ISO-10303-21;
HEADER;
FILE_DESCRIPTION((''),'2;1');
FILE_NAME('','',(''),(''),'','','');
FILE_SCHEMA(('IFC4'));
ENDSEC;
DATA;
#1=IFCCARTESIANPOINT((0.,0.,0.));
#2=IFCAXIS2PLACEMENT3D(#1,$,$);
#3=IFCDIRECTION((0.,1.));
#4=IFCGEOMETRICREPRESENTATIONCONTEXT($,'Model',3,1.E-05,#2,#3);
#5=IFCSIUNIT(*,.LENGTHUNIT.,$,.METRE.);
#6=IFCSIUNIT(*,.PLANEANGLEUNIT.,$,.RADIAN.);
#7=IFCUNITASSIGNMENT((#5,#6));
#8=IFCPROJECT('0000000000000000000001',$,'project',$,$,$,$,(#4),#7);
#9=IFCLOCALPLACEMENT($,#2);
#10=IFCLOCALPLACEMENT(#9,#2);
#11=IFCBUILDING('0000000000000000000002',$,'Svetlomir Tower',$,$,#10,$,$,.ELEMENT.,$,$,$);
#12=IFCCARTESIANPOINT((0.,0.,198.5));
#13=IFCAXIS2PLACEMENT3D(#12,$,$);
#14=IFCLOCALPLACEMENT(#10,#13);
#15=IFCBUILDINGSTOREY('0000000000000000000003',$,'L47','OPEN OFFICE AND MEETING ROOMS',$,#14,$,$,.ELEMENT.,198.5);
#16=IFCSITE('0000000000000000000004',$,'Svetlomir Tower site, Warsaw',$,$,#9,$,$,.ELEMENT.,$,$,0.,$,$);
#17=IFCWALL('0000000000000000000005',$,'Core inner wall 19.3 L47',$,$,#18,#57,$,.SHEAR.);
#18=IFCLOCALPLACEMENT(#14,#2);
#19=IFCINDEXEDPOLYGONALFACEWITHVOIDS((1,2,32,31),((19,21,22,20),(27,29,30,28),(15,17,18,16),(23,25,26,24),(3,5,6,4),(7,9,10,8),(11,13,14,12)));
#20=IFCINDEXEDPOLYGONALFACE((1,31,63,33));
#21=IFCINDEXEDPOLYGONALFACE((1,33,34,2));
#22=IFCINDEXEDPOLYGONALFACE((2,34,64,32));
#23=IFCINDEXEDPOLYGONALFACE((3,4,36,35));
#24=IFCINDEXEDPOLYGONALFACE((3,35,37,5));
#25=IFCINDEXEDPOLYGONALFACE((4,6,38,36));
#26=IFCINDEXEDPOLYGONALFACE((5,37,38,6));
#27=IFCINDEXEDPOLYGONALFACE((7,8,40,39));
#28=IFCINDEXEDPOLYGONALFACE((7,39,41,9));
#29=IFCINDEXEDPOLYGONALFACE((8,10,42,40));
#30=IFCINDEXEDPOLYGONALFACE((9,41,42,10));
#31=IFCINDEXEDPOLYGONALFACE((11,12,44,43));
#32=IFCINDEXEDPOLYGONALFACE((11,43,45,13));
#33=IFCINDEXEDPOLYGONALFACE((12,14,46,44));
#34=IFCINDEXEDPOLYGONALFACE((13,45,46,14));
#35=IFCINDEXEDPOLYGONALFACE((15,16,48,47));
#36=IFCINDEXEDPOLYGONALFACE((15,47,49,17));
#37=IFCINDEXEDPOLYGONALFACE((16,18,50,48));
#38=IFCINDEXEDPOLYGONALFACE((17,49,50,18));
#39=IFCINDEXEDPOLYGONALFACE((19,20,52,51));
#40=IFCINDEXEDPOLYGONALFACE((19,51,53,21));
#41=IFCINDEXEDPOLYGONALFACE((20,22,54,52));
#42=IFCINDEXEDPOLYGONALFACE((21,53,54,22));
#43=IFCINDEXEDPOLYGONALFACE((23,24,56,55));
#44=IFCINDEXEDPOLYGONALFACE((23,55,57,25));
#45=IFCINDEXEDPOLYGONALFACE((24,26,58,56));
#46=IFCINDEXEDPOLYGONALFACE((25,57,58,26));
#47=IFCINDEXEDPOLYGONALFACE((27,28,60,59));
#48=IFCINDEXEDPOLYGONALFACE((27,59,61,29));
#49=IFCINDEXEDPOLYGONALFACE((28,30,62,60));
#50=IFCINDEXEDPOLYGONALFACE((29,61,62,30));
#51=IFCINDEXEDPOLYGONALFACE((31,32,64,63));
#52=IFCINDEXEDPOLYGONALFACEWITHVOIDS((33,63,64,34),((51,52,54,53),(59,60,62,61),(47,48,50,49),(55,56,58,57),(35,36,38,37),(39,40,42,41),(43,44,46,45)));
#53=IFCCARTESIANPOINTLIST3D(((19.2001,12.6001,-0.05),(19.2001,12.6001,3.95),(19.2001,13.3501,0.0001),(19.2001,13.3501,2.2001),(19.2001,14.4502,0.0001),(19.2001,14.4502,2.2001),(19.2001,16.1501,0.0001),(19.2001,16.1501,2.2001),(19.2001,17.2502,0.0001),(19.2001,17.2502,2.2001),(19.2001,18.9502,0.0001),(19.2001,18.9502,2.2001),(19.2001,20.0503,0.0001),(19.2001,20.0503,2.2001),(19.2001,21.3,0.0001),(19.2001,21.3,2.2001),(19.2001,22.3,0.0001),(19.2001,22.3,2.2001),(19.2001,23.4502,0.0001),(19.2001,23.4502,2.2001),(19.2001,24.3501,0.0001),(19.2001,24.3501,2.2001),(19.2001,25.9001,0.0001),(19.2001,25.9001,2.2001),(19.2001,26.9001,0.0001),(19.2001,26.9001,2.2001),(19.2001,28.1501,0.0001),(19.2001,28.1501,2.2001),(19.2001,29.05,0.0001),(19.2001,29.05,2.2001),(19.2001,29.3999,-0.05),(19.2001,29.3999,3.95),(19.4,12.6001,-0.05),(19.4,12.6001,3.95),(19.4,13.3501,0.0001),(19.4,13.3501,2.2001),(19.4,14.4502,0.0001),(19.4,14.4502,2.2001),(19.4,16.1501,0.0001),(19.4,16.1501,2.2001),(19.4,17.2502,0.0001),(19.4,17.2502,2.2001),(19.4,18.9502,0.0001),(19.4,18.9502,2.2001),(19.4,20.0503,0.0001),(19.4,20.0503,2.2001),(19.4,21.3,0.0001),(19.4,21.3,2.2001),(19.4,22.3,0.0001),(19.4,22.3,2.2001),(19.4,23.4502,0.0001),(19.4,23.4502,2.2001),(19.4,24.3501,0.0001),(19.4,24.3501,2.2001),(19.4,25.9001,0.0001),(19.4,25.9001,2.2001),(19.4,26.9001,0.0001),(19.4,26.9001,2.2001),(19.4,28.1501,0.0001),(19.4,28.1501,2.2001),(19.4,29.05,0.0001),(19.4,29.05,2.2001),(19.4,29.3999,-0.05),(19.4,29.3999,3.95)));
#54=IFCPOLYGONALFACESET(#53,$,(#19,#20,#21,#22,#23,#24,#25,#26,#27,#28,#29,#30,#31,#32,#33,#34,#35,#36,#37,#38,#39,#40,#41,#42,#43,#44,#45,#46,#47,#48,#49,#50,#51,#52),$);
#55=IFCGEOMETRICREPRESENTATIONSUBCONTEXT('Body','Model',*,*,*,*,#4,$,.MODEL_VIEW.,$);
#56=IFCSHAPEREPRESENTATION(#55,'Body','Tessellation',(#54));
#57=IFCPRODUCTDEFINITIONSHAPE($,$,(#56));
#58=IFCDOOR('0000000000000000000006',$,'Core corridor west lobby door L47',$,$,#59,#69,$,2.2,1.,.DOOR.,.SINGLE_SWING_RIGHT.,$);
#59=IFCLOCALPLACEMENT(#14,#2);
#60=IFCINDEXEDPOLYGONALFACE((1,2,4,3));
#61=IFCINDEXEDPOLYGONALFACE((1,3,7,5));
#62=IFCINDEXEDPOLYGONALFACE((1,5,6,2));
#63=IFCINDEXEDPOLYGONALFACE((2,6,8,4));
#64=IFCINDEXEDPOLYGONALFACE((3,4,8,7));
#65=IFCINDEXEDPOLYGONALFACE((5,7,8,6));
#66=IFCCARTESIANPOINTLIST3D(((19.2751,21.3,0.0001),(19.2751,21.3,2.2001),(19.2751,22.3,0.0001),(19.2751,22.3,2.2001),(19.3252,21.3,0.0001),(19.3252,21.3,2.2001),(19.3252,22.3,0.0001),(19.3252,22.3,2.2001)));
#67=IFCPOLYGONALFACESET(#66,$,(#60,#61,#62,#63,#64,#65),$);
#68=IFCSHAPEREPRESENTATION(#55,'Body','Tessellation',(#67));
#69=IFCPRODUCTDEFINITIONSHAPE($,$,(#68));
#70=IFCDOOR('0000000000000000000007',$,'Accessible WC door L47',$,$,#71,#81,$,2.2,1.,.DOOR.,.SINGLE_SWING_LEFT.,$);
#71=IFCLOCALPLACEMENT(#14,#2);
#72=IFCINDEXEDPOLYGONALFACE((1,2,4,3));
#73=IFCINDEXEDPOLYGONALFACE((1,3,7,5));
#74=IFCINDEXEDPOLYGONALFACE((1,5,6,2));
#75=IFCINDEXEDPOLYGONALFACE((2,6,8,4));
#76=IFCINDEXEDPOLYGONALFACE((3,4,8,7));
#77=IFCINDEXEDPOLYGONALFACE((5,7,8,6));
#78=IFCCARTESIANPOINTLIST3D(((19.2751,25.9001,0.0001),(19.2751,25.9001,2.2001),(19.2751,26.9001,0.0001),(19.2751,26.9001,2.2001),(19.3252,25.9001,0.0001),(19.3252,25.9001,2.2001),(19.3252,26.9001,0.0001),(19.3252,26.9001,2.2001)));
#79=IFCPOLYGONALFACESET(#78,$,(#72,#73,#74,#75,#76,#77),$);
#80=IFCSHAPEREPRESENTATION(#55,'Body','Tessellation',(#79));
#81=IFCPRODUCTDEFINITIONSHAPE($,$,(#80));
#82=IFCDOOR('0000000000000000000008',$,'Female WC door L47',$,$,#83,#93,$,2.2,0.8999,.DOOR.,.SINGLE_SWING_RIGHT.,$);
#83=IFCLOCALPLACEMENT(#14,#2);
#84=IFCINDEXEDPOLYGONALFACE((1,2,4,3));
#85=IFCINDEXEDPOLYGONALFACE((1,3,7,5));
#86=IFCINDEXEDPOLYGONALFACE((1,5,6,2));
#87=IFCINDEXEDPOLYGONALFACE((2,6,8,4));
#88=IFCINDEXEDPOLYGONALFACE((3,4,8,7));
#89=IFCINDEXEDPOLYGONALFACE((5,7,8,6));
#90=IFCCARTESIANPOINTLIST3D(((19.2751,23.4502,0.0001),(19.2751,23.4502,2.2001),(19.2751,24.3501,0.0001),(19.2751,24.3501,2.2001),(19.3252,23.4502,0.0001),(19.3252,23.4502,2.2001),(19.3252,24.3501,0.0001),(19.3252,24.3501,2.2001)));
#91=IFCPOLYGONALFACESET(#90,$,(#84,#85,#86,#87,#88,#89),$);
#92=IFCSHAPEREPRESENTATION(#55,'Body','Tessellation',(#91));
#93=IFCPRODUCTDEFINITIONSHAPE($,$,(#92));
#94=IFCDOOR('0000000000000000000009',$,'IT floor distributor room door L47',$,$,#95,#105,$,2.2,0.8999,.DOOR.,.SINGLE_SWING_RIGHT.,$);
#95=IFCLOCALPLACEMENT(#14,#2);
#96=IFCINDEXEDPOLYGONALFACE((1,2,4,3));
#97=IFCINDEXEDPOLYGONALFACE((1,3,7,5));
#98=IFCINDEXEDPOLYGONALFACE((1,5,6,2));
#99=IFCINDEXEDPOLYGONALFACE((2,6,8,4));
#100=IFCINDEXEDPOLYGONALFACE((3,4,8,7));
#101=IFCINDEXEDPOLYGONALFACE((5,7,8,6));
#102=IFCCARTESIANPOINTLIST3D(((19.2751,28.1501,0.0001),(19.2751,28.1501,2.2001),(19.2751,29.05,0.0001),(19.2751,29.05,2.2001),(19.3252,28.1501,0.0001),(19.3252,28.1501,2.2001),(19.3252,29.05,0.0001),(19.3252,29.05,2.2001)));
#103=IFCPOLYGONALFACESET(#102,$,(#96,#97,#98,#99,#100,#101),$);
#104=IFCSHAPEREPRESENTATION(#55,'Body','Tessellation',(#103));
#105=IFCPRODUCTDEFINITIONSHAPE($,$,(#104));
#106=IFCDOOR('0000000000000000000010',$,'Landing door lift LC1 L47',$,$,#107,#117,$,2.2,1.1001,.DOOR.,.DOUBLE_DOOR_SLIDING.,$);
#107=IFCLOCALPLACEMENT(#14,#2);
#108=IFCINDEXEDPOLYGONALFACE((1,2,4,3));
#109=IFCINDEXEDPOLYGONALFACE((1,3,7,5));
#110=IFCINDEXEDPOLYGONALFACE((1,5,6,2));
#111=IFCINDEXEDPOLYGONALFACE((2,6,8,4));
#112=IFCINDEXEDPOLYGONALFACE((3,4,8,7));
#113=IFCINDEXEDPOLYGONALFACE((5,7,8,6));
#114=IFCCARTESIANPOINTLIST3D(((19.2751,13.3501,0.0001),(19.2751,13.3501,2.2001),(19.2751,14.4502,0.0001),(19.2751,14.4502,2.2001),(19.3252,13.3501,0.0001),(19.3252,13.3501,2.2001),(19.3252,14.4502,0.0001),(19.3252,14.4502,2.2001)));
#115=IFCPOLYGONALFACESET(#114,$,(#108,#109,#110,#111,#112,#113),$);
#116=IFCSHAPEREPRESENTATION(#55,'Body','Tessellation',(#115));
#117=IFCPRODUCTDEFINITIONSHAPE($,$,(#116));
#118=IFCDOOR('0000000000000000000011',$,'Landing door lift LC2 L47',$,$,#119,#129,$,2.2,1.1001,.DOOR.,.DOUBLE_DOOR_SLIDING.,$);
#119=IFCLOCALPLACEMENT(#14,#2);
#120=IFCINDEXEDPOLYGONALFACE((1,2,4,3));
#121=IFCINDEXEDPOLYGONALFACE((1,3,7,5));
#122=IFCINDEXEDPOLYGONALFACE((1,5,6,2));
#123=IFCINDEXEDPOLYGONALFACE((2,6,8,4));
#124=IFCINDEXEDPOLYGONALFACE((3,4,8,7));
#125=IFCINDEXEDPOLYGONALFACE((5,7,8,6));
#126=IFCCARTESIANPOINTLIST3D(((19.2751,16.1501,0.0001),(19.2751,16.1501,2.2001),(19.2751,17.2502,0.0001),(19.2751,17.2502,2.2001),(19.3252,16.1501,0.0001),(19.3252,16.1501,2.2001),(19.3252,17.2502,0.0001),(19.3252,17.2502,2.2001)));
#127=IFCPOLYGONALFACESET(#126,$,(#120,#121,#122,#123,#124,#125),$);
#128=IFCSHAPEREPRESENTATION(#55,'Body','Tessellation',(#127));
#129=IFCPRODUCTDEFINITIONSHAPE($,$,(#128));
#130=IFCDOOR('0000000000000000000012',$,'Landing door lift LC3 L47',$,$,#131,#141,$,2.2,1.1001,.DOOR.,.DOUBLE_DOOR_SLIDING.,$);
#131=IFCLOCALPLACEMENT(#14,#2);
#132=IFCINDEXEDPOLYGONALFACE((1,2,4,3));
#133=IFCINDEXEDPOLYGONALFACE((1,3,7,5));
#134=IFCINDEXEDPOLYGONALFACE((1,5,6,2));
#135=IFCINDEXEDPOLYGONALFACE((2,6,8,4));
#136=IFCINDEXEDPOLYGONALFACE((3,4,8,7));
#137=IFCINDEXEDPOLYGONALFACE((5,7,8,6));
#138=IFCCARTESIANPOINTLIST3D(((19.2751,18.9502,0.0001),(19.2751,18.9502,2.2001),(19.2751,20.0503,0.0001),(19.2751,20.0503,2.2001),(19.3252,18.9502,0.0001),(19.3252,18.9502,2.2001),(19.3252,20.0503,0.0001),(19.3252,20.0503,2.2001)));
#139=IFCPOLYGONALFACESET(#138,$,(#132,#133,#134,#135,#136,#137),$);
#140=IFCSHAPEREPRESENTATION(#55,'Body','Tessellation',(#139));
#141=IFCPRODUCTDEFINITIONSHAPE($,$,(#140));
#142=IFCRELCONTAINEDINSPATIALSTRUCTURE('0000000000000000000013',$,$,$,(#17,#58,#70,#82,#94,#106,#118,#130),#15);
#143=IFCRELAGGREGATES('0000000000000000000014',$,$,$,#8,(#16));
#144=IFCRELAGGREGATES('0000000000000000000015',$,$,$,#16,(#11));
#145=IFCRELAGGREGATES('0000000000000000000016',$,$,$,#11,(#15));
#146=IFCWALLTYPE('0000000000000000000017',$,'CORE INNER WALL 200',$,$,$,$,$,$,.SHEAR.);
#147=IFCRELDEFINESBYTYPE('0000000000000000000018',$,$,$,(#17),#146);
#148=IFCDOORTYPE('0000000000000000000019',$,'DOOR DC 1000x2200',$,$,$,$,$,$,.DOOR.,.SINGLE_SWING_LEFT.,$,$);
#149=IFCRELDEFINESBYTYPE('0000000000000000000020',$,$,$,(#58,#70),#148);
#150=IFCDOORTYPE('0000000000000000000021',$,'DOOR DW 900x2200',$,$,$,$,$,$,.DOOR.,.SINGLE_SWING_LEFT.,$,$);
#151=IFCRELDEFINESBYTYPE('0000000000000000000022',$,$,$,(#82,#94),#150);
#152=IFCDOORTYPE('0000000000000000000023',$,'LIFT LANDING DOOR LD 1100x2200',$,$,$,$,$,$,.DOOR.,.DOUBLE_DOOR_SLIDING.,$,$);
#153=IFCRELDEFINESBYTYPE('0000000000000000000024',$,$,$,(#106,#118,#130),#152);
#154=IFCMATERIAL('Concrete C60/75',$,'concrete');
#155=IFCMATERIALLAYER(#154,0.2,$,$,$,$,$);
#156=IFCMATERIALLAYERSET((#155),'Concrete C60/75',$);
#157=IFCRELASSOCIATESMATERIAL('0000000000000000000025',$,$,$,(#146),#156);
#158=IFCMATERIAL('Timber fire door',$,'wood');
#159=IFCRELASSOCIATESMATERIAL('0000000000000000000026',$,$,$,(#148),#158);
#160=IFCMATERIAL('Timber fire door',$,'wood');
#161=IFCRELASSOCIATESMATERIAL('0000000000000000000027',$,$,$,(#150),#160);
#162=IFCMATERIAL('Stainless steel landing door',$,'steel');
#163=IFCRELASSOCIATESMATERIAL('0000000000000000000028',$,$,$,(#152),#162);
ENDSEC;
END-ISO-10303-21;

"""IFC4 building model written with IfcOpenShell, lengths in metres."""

from ifc_helpers import new_model, si_unit, direction, frame, frame_2d, origin, place, context, subcontext, project, spatial, rectangle, extrude, material, layer, layer_set, type_object, element, fill, save


model = new_model("IFC4")

# Units and contexts
model_context = context("Model", 3, precision=1e-05, world=origin(), true_north=direction((0.0, 1.0)))
body_context = subcontext(model_context, "Body", "Model", "MODEL_VIEW")
ifc_project = project(units=[si_unit("LENGTHUNIT", "METRE"), si_unit("PLANEANGLEUNIT", "RADIAN")], contexts=[model_context])

# Site, building, storey
site_placement = place(None, origin())
site = spatial("IfcSite", under=ifc_project, at=site_placement, Name="Svetlomir Tower site, Warsaw", CompositionType="ELEMENT", RefElevation=0.0)
building_placement = place(site_placement, origin())
building = spatial("IfcBuilding", under=site, at=building_placement, Name="Svetlomir Tower", CompositionType="ELEMENT")
storey_placement = place(building_placement, frame((0.0, 0.0, 198.5)))
storey = spatial("IfcBuildingStorey", under=building, at=storey_placement, Name="L47", Description="OPEN OFFICE AND MEETING ROOMS", CompositionType="ELEMENT", Elevation=198.5)

# Shared definitions
ifc_material_1 = material(Name="Concrete C60/75", Category="concrete")
ifc_layer_1 = layer(ifc_material_1, 0.2)
ifc_layer_set_1 = layer_set([ifc_layer_1], Name="Concrete C60/75")
wall_type_1 = type_object("IfcWallType", Name="CORE INNER WALL 200", PredefinedType="SHEAR", material=ifc_layer_set_1)

# Wall, openings, doors
wall_1_placement = place(storey_placement, frame((19.3, 12.6001, -0.05), z_axis=(0.0, 0.0, 1.0), x_axis=(0.0, 1.0, 0.0)))
wall_1 = element("IfcWall", 1, at=wall_1_placement, inside=storey, type_object=wall_type_1, Name="Core inner wall 19.3 L47", PredefinedType="SHEAR", context=body_context, shape_type="SweptSolid", body=[
    extrude(rectangle(XDim=16.7998, YDim=0.2, at=frame_2d((8.3999, 0.0))), origin(), (0.0, 0.0, 1.0), 4.0),
])
opening_1_placement = place(wall_1_placement, frame((8.7, 0.0, 0.05)))
opening_1 = element("IfcOpeningElement", 2, at=opening_1_placement, cuts=wall_1, PredefinedType="OPENING", context=body_context, shape_type="SweptSolid", body=[
    extrude(rectangle(XDim=1.0, YDim=2.2, at=frame_2d((0.5, 1.1001))), frame((0.0, 0.1099, 0.0), z_axis=(0.0, -1.0, 0.0), x_axis=(1.0, 0.0, 0.0)), (0.0, 0.0, 1.0), 0.22),
])
opening_2_placement = place(wall_1_placement, frame((10.8501, 0.0, 0.05)))
opening_2 = element("IfcOpeningElement", 3, at=opening_2_placement, cuts=wall_1, PredefinedType="OPENING", context=body_context, shape_type="SweptSolid", body=[
    extrude(rectangle(XDim=0.8999, YDim=2.2, at=frame_2d((0.45, 1.1001))), frame((0.0, 0.1099, 0.0), z_axis=(0.0, -1.0, 0.0), x_axis=(1.0, 0.0, 0.0)), (0.0, 0.0, 1.0), 0.22),
])
opening_3_placement = place(wall_1_placement, frame((13.3, 0.0, 0.05)))
opening_3 = element("IfcOpeningElement", 4, at=opening_3_placement, cuts=wall_1, PredefinedType="OPENING", context=body_context, shape_type="SweptSolid", body=[
    extrude(rectangle(XDim=1.0, YDim=2.2, at=frame_2d((0.5, 1.1001))), frame((0.0, 0.1099, 0.0), z_axis=(0.0, -1.0, 0.0), x_axis=(1.0, 0.0, 0.0)), (0.0, 0.0, 1.0), 0.22),
])
opening_4_placement = place(wall_1_placement, frame((15.55, 0.0, 0.05)))
opening_4 = element("IfcOpeningElement", 5, at=opening_4_placement, cuts=wall_1, PredefinedType="OPENING", context=body_context, shape_type="SweptSolid", body=[
    extrude(rectangle(XDim=0.8999, YDim=2.2, at=frame_2d((0.45, 1.1001))), frame((0.0, 0.1099, 0.0), z_axis=(0.0, -1.0, 0.0), x_axis=(1.0, 0.0, 0.0)), (0.0, 0.0, 1.0), 0.22),
])
opening_5_placement = place(wall_1_placement, frame((0.75, 0.0, 0.05)))
opening_5 = element("IfcOpeningElement", 6, at=opening_5_placement, cuts=wall_1, PredefinedType="OPENING", context=body_context, shape_type="SweptSolid", body=[
    extrude(rectangle(XDim=1.1001, YDim=2.2, at=frame_2d((0.55, 1.1001))), frame((0.0, 0.1099, 0.0), z_axis=(0.0, -1.0, 0.0), x_axis=(1.0, 0.0, 0.0)), (0.0, 0.0, 1.0), 0.22),
])
opening_6_placement = place(wall_1_placement, frame((3.55, 0.0, 0.05)))
opening_6 = element("IfcOpeningElement", 7, at=opening_6_placement, cuts=wall_1, PredefinedType="OPENING", context=body_context, shape_type="SweptSolid", body=[
    extrude(rectangle(XDim=1.1001, YDim=2.2, at=frame_2d((0.55, 1.1001))), frame((0.0, 0.1099, 0.0), z_axis=(0.0, -1.0, 0.0), x_axis=(1.0, 0.0, 0.0)), (0.0, 0.0, 1.0), 0.22),
])
opening_7_placement = place(wall_1_placement, frame((6.3501, 0.0, 0.05)))
opening_7 = element("IfcOpeningElement", 8, at=opening_7_placement, cuts=wall_1, PredefinedType="OPENING", context=body_context, shape_type="SweptSolid", body=[
    extrude(rectangle(XDim=1.1001, YDim=2.2, at=frame_2d((0.55, 1.1001))), frame((0.0, 0.1099, 0.0), z_axis=(0.0, -1.0, 0.0), x_axis=(1.0, 0.0, 0.0)), (0.0, 0.0, 1.0), 0.22),
])
ifc_material_2 = material(Name="Timber fire door", Category="wood")
door_type_1 = type_object("IfcDoorType", Name="DOOR DC 1000x2200", OperationType="SINGLE_SWING_LEFT", PredefinedType="DOOR", material=ifc_material_2)
door_1_placement = place(opening_1_placement, origin())
door_1 = element("IfcDoor", 9, at=door_1_placement, inside=storey, type_object=door_type_1, Name="Core corridor west lobby door L47", OperationType="SINGLE_SWING_RIGHT", OverallHeight=2.2, OverallWidth=1.0, PredefinedType="DOOR", context=body_context, shape_type="SweptSolid", body=[
    extrude(rectangle(XDim=1.0, YDim=2.2, at=frame_2d((0.5, 1.1001))), frame((0.0, 0.0249, 0.0), z_axis=(0.0, -1.0, 0.0), x_axis=(1.0, 0.0, 0.0)), (0.0, 0.0, 1.0), 0.05),
])
fill(opening_1, door_1)
door_2_placement = place(opening_3_placement, origin())
door_2 = element("IfcDoor", 10, at=door_2_placement, inside=storey, type_object=door_type_1, Name="Accessible WC door L47", OperationType="SINGLE_SWING_LEFT", OverallHeight=2.2, OverallWidth=1.0, PredefinedType="DOOR", context=body_context, shape_type="SweptSolid", body=[
    extrude(rectangle(XDim=1.0, YDim=2.2, at=frame_2d((0.5, 1.1001))), frame((0.0, 0.0249, 0.0), z_axis=(0.0, -1.0, 0.0), x_axis=(1.0, 0.0, 0.0)), (0.0, 0.0, 1.0), 0.05),
])
fill(opening_3, door_2)
ifc_material_3 = material(Name="Timber fire door", Category="wood")
door_type_2 = type_object("IfcDoorType", Name="DOOR DW 900x2200", OperationType="SINGLE_SWING_LEFT", PredefinedType="DOOR", material=ifc_material_3)
door_3_placement = place(opening_2_placement, origin())
door_3 = element("IfcDoor", 11, at=door_3_placement, inside=storey, type_object=door_type_2, Name="Female WC door L47", OperationType="SINGLE_SWING_RIGHT", OverallHeight=2.2, OverallWidth=0.8999, PredefinedType="DOOR", context=body_context, shape_type="SweptSolid", body=[
    extrude(rectangle(XDim=0.8999, YDim=2.2, at=frame_2d((0.45, 1.1001))), frame((0.0, 0.0249, 0.0), z_axis=(0.0, -1.0, 0.0), x_axis=(1.0, 0.0, 0.0)), (0.0, 0.0, 1.0), 0.05),
])
fill(opening_2, door_3)
door_4_placement = place(opening_4_placement, origin())
door_4 = element("IfcDoor", 12, at=door_4_placement, inside=storey, type_object=door_type_2, Name="IT floor distributor room door L47", OperationType="SINGLE_SWING_RIGHT", OverallHeight=2.2, OverallWidth=0.8999, PredefinedType="DOOR", context=body_context, shape_type="SweptSolid", body=[
    extrude(rectangle(XDim=0.8999, YDim=2.2, at=frame_2d((0.45, 1.1001))), frame((0.0, 0.0249, 0.0), z_axis=(0.0, -1.0, 0.0), x_axis=(1.0, 0.0, 0.0)), (0.0, 0.0, 1.0), 0.05),
])
fill(opening_4, door_4)
ifc_material_4 = material(Name="Stainless steel landing door", Category="steel")
door_type_3 = type_object("IfcDoorType", Name="LIFT LANDING DOOR LD 1100x2200", OperationType="DOUBLE_DOOR_SLIDING", PredefinedType="DOOR", material=ifc_material_4)
door_5_placement = place(opening_5_placement, origin())
door_5 = element("IfcDoor", 13, at=door_5_placement, inside=storey, type_object=door_type_3, Name="Landing door lift LC1 L47", OperationType="DOUBLE_DOOR_SLIDING", OverallHeight=2.2, OverallWidth=1.1001, PredefinedType="DOOR", context=body_context, shape_type="SweptSolid", body=[
    extrude(rectangle(XDim=1.1001, YDim=2.2, at=frame_2d((0.55, 1.1001))), frame((0.0, 0.0249, 0.0), z_axis=(0.0, -1.0, 0.0), x_axis=(1.0, 0.0, 0.0)), (0.0, 0.0, 1.0), 0.05),
])
fill(opening_5, door_5)
door_6_placement = place(opening_6_placement, origin())
door_6 = element("IfcDoor", 14, at=door_6_placement, inside=storey, type_object=door_type_3, Name="Landing door lift LC2 L47", OperationType="DOUBLE_DOOR_SLIDING", OverallHeight=2.2, OverallWidth=1.1001, PredefinedType="DOOR", context=body_context, shape_type="SweptSolid", body=[
    extrude(rectangle(XDim=1.1001, YDim=2.2, at=frame_2d((0.55, 1.1001))), frame((0.0, 0.0249, 0.0), z_axis=(0.0, -1.0, 0.0), x_axis=(1.0, 0.0, 0.0)), (0.0, 0.0, 1.0), 0.05),
])
fill(opening_6, door_6)
door_7_placement = place(opening_7_placement, origin())
door_7 = element("IfcDoor", 15, at=door_7_placement, inside=storey, type_object=door_type_3, Name="Landing door lift LC3 L47", OperationType="DOUBLE_DOOR_SLIDING", OverallHeight=2.2, OverallWidth=1.1001, PredefinedType="DOOR", context=body_context, shape_type="SweptSolid", body=[
    extrude(rectangle(XDim=1.1001, YDim=2.2, at=frame_2d((0.55, 1.1001))), frame((0.0, 0.0249, 0.0), z_axis=(0.0, -1.0, 0.0), x_axis=(1.0, 0.0, 0.0)), (0.0, 0.0, 1.0), 0.05),
])
fill(opening_7, door_7)

save(model, "model.ifc")
